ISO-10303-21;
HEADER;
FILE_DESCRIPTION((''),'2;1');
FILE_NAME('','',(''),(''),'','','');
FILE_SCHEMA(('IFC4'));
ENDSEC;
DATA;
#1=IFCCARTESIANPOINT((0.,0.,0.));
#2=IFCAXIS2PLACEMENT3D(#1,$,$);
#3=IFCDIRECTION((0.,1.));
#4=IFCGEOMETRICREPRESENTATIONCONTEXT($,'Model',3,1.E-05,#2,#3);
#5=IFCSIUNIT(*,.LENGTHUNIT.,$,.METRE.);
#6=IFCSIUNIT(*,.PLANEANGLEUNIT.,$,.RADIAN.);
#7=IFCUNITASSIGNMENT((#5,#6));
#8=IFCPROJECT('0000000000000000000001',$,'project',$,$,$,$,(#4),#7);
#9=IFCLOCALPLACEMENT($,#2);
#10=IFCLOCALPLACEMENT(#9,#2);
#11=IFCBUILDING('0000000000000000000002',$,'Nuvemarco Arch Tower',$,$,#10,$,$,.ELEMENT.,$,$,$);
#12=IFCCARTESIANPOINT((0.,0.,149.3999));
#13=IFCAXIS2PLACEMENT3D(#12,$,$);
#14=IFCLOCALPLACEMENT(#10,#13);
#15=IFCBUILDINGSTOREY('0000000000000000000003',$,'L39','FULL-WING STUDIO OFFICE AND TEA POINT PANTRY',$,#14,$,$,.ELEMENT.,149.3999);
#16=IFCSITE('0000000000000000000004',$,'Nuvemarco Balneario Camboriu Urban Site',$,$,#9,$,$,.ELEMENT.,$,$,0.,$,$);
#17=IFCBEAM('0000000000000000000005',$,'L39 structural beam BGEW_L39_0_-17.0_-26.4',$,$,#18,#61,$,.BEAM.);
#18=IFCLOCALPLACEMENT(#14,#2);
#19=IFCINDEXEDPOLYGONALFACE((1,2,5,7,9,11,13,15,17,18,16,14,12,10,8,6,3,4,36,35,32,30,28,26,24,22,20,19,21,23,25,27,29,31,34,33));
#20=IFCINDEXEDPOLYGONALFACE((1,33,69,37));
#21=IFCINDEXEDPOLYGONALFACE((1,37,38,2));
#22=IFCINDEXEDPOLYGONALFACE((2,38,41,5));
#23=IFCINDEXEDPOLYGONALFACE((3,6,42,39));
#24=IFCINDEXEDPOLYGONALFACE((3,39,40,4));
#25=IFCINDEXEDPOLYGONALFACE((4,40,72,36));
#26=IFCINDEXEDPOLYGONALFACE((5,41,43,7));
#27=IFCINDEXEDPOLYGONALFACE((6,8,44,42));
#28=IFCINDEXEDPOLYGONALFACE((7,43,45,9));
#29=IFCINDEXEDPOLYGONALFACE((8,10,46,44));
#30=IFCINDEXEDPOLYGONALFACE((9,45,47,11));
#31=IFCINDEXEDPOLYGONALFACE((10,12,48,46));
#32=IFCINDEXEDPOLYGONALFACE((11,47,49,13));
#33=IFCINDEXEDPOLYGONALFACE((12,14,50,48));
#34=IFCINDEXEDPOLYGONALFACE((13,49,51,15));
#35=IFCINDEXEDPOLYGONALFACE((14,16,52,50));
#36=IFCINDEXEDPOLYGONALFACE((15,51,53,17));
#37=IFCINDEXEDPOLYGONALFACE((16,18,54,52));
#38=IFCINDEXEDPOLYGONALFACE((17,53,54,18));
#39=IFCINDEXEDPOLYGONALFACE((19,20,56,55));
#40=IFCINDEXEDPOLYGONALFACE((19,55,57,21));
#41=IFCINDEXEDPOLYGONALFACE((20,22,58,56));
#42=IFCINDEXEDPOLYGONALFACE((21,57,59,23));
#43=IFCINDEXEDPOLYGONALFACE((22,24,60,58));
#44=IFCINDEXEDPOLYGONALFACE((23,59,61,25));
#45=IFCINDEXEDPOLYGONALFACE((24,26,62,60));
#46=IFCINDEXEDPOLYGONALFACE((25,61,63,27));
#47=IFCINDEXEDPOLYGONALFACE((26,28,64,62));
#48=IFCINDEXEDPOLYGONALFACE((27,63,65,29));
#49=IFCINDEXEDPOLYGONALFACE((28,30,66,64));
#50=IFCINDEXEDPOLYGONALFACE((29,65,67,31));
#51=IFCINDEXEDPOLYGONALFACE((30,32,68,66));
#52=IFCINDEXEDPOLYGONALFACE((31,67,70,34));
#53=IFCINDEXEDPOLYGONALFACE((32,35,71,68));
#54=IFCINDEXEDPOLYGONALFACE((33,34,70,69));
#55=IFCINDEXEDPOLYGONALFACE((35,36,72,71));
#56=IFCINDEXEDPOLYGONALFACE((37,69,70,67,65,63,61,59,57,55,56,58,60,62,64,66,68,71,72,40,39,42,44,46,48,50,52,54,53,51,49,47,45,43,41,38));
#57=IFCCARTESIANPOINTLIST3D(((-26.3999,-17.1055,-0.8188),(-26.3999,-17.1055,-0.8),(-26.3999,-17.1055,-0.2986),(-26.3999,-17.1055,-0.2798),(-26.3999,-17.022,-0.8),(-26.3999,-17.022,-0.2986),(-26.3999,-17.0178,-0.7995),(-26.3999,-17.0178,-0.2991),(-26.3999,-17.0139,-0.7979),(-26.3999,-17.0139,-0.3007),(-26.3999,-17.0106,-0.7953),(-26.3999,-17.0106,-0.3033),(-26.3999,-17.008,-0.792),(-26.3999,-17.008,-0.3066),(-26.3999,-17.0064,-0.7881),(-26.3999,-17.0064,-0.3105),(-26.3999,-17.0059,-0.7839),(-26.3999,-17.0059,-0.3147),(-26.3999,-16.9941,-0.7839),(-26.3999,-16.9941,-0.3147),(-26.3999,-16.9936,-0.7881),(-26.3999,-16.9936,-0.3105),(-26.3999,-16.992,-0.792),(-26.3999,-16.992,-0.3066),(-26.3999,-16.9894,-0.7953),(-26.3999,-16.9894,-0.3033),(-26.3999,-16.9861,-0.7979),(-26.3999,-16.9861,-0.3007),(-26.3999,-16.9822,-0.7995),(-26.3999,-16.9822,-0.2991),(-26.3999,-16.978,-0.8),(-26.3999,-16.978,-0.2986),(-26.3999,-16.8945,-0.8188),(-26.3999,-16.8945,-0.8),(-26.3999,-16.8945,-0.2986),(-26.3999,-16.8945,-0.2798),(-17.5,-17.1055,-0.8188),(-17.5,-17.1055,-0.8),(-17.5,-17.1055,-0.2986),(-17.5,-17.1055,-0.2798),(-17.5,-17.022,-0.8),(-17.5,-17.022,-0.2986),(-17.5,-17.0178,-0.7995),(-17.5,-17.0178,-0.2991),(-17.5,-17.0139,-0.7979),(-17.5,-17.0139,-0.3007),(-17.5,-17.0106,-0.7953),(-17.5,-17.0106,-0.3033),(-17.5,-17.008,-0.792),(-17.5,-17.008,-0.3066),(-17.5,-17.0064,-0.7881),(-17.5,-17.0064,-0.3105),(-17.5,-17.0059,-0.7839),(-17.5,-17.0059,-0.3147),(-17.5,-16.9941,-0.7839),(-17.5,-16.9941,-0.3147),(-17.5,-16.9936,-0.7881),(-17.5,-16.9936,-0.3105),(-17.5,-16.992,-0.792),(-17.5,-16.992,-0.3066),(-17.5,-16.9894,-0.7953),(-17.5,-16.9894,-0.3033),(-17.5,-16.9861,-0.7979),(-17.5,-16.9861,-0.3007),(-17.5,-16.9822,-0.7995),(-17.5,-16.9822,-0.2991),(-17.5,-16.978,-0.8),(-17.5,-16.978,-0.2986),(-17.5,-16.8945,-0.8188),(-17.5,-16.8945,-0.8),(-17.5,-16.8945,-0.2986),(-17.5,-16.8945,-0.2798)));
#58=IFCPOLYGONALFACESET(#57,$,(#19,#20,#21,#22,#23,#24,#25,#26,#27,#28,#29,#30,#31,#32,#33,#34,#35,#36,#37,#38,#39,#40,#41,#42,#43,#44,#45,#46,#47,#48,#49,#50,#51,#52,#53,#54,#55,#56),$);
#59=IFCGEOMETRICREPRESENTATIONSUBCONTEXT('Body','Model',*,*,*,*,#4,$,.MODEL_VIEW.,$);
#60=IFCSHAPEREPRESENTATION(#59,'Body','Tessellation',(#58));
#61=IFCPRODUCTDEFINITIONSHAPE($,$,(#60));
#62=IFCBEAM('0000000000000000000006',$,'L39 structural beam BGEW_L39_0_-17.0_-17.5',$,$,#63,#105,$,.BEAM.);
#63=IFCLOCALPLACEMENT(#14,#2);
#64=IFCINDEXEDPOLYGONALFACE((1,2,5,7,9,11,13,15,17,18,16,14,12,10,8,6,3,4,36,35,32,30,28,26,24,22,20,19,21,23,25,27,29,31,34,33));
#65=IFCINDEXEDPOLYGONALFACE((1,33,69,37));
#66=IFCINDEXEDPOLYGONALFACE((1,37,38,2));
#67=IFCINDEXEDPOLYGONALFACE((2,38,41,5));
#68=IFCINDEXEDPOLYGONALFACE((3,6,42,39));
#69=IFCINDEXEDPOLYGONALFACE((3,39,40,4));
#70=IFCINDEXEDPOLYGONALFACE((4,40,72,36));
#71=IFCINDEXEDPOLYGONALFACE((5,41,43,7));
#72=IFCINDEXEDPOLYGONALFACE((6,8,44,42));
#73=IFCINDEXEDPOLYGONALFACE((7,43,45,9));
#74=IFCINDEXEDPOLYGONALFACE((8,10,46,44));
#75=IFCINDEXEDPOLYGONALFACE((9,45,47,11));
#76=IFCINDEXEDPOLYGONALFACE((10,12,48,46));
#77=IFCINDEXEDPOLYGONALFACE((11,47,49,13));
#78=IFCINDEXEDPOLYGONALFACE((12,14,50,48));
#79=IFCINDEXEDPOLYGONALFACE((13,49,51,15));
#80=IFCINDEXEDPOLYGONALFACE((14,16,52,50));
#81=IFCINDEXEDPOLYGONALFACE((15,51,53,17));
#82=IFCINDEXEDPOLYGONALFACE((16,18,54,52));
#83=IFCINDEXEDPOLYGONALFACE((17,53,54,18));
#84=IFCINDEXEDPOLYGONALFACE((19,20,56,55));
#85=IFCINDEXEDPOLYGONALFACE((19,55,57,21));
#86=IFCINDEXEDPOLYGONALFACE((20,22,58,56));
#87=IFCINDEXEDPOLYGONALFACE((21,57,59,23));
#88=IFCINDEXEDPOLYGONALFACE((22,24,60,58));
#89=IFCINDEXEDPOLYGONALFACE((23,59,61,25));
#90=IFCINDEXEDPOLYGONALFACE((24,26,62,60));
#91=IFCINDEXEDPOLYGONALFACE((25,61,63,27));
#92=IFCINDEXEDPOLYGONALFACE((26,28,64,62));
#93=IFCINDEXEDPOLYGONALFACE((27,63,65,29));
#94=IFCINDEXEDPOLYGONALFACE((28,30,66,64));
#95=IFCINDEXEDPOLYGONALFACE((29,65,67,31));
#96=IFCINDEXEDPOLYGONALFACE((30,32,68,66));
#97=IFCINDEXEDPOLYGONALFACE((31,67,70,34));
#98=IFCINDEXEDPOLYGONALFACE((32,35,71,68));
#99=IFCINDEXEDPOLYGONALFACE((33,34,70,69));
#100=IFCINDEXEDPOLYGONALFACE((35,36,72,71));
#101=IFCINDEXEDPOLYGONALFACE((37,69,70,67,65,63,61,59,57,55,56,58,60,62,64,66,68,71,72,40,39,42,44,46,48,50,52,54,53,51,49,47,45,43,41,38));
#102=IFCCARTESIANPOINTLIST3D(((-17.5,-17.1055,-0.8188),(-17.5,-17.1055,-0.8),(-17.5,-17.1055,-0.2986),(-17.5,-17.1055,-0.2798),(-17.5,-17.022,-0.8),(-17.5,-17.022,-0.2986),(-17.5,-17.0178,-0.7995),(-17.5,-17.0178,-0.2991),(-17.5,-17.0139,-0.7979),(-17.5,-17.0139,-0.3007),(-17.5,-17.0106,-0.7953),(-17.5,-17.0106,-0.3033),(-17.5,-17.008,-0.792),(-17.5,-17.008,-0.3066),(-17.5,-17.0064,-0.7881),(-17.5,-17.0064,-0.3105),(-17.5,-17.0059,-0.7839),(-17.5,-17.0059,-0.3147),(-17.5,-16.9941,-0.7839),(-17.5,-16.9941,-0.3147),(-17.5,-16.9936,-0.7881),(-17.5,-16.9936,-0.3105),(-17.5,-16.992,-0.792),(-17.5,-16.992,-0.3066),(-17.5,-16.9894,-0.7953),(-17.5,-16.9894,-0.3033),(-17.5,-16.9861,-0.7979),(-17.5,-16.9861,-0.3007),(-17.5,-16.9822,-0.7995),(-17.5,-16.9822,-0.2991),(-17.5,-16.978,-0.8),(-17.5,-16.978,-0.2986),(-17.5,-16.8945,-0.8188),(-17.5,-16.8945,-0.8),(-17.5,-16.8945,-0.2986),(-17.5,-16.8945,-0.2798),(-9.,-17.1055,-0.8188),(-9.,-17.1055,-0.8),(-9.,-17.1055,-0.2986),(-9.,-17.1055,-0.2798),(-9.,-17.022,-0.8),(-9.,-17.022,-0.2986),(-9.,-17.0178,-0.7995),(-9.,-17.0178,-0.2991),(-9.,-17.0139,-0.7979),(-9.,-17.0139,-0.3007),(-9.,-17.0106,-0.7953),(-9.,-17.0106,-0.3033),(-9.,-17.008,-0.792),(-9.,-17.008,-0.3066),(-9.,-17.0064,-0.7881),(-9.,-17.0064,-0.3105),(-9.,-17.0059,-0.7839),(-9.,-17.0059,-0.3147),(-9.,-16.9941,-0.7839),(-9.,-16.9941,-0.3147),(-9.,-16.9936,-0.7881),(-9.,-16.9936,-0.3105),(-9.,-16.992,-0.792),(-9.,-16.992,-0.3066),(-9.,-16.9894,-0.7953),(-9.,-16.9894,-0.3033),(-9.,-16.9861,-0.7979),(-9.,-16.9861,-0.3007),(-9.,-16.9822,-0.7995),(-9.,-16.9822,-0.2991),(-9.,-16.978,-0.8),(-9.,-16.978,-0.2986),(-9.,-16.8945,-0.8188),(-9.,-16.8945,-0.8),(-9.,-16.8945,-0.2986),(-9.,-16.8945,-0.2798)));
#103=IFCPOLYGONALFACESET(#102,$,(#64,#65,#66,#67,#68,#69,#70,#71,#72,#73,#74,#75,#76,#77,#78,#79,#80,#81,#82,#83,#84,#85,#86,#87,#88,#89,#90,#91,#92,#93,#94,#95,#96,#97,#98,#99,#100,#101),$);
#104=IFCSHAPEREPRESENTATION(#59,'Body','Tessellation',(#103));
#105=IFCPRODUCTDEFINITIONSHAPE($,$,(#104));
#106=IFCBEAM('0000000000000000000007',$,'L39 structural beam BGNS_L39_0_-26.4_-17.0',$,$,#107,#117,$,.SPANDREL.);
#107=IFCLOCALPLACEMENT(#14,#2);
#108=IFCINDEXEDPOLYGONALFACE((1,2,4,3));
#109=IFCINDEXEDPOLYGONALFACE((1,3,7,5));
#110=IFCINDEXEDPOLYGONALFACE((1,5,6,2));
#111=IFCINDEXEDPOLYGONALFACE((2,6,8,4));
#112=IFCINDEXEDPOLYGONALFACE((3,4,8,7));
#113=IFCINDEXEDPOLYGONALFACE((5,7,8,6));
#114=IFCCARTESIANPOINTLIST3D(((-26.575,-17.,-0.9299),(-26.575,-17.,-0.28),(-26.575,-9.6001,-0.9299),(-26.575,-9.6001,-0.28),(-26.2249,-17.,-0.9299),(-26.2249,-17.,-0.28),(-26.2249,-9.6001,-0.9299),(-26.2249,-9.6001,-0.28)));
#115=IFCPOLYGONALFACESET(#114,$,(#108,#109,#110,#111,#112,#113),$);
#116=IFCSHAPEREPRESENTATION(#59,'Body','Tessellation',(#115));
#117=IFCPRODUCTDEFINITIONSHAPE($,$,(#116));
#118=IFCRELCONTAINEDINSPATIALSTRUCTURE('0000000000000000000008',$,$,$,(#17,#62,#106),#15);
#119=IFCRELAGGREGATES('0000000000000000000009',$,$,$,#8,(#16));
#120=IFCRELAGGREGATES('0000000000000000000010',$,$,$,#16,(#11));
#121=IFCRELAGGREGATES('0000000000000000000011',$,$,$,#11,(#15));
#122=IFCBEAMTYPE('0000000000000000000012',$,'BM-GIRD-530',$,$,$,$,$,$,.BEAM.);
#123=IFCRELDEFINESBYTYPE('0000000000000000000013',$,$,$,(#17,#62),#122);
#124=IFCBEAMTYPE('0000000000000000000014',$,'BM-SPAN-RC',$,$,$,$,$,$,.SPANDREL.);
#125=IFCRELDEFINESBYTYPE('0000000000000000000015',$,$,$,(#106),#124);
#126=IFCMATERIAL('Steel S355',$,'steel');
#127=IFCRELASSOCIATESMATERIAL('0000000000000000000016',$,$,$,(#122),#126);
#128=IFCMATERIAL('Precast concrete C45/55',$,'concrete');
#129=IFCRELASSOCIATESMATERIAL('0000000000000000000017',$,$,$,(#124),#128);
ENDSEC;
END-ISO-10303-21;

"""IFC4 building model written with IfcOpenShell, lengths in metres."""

from ifc_helpers import new_model, si_unit, direction, frame, origin, origin_2d, place, context, subcontext, project, spatial, rectangle, i_section, extrude, material, material_profile, profile_set, type_object, element, save


model = new_model("IFC4")

# Units and contexts
model_context = context("Model", 3, precision=1e-05, world=origin(), true_north=direction((0.0, 1.0)))
body_context = subcontext(model_context, "Body", "Model", "MODEL_VIEW")
ifc_project = project(units=[si_unit("LENGTHUNIT", "METRE"), si_unit("PLANEANGLEUNIT", "RADIAN")], contexts=[model_context])

# Site, building, storey
site_placement = place(None, origin())
site = spatial("IfcSite", under=ifc_project, at=site_placement, Name="Nuvemarco Balneario Camboriu Urban Site", CompositionType="ELEMENT", RefElevation=0.0)
building_placement = place(site_placement, origin())
building = spatial("IfcBuilding", under=site, at=building_placement, Name="Nuvemarco Arch Tower", CompositionType="ELEMENT")
storey_placement = place(building_placement, frame((0.0, 0.0, 149.3999)))
storey = spatial("IfcBuildingStorey", under=building, at=storey_placement, Name="L39", Description="FULL-WING STUDIO OFFICE AND TEA POINT PANTRY", CompositionType="ELEMENT", Elevation=149.3999)

# Shared definitions
ifc_material_1 = material(Name="Steel S355", Category="steel")

# Beams
ifc_material_profile_1 = material_profile(ifc_material_1, i_section(OverallWidth=0.2109, OverallDepth=0.5391, WebThickness=0.0117, FlangeThickness=0.0188, FilletRadius=0.0161, at=origin_2d()), Name="W530x109")
ifc_profile_set_1 = profile_set([ifc_material_profile_1], Name="Steel S355")
beam_type_1 = type_object("IfcBeamType", Name="BM-GIRD-530", PredefinedType="BEAM", material=ifc_profile_set_1)
beam_1_placement = place(storey_placement, frame((-26.3999, -17.0, -0.5493), z_axis=(1.0, 0.0, 0.0), x_axis=(0.0, 1.0, 0.0)))
element("IfcBeam", 1, at=beam_1_placement, inside=storey, type_object=beam_type_1, Name="L39 structural beam BGEW_L39_0_-17.0_-26.4", PredefinedType="BEAM", context=body_context, shape_type="SweptSolid", body=[
    extrude(i_section(OverallWidth=0.2109, OverallDepth=0.5391, WebThickness=0.0117, FlangeThickness=0.0188, FilletRadius=0.0161, at=origin_2d()), origin(), (0.0, 0.0, 1.0), 8.8999),
])
beam_2_placement = place(storey_placement, frame((-17.5, -17.0, -0.5493), z_axis=(1.0, 0.0, 0.0), x_axis=(0.0, 1.0, 0.0)))
element("IfcBeam", 2, at=beam_2_placement, inside=storey, type_object=beam_type_1, Name="L39 structural beam BGEW_L39_0_-17.0_-17.5", PredefinedType="BEAM", context=body_context, shape_type="SweptSolid", body=[
    extrude(i_section(OverallWidth=0.2109, OverallDepth=0.5391, WebThickness=0.0117, FlangeThickness=0.0188, FilletRadius=0.0161, at=origin_2d()), origin(), (0.0, 0.0, 1.0), 8.5),
])
ifc_material_2 = material(Name="Precast concrete C45/55", Category="concrete")
ifc_material_profile_2 = material_profile(ifc_material_2, rectangle(XDim=0.3501, YDim=0.6499, at=origin_2d()), Name="PC-SP-350x650")
ifc_profile_set_2 = profile_set([ifc_material_profile_2], Name="Precast concrete C45/55")
beam_type_2 = type_object("IfcBeamType", Name="BM-SPAN-RC", PredefinedType="SPANDREL", material=ifc_profile_set_2)
beam_3_placement = place(storey_placement, frame((-26.3999, -17.0, -0.605), z_axis=(0.0, 1.0, 0.0), x_axis=(-1.0, 0.0, 0.0)))
element("IfcBeam", 3, at=beam_3_placement, inside=storey, type_object=beam_type_2, Name="L39 structural beam BGNS_L39_0_-26.4_-17.0", PredefinedType="SPANDREL", context=body_context, shape_type="SweptSolid", body=[
    extrude(rectangle(XDim=0.3501, YDim=0.6499, at=origin_2d()), origin(), (0.0, 0.0, 1.0), 7.3999),
])

save(model, "model.ifc")
